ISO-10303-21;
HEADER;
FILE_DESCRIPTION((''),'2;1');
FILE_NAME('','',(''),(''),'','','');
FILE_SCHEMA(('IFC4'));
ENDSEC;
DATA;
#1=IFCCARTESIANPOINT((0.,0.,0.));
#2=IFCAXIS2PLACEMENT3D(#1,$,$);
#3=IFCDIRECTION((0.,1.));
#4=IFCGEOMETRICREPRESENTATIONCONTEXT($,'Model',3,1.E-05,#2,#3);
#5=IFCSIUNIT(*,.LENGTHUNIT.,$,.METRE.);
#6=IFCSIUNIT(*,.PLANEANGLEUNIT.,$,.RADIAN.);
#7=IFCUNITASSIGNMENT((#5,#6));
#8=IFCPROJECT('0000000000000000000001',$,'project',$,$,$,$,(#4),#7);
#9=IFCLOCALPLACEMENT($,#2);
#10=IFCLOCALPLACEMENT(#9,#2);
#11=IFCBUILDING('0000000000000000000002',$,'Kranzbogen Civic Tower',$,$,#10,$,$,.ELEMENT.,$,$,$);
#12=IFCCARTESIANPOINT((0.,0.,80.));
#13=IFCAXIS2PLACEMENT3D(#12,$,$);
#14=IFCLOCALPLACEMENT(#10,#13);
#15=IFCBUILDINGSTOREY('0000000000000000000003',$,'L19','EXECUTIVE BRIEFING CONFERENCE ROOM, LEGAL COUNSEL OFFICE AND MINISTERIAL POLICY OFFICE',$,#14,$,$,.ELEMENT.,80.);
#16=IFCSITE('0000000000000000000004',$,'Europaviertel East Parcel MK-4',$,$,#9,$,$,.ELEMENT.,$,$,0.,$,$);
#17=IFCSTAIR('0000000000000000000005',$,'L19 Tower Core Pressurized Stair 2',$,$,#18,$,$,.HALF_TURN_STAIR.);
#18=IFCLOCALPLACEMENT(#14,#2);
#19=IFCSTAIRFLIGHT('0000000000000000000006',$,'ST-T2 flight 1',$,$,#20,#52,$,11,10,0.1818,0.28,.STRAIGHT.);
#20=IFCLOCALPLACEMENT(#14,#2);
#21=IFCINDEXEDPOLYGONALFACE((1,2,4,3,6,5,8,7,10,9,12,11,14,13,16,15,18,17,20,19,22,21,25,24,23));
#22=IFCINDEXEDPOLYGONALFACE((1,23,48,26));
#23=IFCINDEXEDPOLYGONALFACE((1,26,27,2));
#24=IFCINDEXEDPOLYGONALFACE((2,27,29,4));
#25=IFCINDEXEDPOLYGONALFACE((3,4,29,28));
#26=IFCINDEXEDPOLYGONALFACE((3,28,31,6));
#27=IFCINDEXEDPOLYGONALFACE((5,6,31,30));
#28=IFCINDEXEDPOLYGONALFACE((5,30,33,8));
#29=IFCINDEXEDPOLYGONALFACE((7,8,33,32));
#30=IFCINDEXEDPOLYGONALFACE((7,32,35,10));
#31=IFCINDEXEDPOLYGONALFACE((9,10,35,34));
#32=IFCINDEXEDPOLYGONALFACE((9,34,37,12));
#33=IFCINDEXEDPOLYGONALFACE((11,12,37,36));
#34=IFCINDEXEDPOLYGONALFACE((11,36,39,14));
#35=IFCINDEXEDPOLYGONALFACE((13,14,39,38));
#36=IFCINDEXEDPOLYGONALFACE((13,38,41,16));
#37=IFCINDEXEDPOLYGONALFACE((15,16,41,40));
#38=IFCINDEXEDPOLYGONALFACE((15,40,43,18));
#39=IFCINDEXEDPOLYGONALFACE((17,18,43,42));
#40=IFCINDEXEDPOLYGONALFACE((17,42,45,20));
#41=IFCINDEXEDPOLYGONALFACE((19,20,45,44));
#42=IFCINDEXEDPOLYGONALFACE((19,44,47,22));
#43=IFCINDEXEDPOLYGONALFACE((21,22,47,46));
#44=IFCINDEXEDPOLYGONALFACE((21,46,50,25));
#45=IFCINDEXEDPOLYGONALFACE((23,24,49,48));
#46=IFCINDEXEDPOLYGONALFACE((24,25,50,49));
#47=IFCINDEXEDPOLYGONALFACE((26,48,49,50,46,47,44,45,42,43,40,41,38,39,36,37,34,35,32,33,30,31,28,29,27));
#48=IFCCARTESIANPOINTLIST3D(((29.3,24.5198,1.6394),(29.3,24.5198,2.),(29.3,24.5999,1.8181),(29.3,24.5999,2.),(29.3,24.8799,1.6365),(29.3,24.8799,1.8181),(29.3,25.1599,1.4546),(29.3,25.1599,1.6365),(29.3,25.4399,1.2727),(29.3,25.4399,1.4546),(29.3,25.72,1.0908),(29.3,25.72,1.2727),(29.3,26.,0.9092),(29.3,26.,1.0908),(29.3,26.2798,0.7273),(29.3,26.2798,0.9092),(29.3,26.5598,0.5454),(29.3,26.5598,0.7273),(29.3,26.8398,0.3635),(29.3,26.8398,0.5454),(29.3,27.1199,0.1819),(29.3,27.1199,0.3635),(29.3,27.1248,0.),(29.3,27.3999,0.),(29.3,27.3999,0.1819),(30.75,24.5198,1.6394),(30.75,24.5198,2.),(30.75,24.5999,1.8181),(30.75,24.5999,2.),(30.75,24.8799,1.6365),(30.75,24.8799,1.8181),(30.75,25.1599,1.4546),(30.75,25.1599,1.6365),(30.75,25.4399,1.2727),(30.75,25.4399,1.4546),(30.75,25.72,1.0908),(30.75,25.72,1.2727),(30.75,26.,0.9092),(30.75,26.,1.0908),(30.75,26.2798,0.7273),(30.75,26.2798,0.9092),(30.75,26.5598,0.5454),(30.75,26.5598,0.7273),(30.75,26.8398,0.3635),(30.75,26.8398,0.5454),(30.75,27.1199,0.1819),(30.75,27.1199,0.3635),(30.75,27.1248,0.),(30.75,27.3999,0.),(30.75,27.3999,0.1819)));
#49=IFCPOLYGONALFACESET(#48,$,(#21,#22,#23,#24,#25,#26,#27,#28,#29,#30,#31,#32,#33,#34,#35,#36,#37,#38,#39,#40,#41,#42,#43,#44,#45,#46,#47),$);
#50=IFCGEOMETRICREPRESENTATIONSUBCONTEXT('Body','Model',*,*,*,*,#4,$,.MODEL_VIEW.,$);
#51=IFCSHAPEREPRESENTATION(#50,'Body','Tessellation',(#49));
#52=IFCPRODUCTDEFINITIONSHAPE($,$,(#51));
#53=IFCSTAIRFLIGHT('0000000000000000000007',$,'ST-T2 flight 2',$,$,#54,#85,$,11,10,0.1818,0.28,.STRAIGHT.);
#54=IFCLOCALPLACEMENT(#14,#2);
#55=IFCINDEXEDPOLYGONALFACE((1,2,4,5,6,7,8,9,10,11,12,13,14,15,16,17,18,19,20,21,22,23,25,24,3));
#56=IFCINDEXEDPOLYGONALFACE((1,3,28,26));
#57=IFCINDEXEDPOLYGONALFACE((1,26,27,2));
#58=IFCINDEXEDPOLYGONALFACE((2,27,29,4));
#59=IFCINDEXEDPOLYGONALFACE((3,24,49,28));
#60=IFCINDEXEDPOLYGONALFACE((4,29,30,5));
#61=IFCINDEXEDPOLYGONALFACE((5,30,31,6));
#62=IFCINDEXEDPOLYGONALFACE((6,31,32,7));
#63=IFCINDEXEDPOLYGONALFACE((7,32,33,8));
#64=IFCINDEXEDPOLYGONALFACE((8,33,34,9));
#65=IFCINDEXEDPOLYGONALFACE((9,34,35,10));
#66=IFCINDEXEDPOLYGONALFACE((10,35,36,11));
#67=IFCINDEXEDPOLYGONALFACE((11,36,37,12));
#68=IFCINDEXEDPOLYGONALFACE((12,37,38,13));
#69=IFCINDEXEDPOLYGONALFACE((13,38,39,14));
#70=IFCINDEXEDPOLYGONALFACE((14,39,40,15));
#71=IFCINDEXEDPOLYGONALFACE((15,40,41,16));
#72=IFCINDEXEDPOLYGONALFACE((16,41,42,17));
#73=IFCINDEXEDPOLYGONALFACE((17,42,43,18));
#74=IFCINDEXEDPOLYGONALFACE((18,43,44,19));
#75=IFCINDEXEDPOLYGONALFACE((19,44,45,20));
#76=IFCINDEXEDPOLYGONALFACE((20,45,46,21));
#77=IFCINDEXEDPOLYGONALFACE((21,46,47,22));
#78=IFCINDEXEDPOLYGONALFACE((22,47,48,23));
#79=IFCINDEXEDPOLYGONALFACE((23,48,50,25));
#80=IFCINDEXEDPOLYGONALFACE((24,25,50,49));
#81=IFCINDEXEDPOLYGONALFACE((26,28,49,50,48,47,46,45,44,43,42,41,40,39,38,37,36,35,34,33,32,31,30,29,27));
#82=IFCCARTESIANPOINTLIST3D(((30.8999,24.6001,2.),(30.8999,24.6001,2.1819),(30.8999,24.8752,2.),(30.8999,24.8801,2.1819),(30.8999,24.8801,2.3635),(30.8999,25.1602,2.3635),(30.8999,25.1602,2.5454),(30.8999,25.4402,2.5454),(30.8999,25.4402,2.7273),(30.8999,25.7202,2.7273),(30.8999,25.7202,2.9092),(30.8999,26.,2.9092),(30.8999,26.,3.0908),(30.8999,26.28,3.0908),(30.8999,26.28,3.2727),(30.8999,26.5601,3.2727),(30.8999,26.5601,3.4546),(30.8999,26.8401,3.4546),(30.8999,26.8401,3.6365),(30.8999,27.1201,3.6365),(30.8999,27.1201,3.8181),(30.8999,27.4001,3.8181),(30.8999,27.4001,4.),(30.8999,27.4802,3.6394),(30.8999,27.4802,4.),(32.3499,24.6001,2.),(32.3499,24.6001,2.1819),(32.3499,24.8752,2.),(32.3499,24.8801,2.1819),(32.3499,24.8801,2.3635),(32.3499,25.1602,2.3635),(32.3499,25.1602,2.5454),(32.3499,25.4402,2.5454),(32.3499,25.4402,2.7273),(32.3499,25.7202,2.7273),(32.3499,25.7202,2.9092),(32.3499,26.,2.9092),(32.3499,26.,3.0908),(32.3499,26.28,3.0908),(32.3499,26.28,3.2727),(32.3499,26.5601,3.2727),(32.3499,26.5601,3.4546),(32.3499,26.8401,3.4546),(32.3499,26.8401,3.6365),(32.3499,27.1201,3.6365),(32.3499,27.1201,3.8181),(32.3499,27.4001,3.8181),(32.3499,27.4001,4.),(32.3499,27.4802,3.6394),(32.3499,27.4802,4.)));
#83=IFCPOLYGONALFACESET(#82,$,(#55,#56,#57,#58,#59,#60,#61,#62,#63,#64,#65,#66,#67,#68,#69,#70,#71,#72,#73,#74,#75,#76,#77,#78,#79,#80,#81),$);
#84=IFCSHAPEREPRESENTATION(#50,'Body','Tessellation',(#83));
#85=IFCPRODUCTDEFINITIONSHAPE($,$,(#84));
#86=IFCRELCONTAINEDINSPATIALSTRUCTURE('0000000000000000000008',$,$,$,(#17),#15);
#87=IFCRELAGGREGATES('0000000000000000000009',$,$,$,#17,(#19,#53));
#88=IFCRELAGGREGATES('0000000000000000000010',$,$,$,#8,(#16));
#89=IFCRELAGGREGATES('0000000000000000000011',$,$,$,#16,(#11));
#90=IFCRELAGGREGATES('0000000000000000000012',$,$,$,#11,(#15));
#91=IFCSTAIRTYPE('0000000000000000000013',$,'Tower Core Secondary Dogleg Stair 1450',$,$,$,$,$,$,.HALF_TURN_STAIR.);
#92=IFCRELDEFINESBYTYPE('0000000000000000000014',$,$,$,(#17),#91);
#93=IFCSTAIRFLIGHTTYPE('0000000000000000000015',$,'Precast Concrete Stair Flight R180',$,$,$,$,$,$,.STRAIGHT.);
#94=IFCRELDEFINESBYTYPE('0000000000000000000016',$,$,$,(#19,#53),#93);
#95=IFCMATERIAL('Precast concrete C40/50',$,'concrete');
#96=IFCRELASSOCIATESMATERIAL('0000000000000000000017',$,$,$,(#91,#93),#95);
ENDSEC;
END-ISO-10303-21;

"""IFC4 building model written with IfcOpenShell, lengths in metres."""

from ifc_helpers import new_model, si_unit, direction, frame, origin, place, context, subcontext, project, spatial, polyline, outline, extrude, material, type_object, element, aggregate, save


model = new_model("IFC4")

# Units and contexts
model_context = context("Model", 3, precision=1e-05, world=origin(), true_north=direction((0.0, 1.0)))
body_context = subcontext(model_context, "Body", "Model", "MODEL_VIEW")
ifc_project = project(units=[si_unit("LENGTHUNIT", "METRE"), si_unit("PLANEANGLEUNIT", "RADIAN")], contexts=[model_context])

# Site, building, storey
site_placement = place(None, origin())
site = spatial("IfcSite", under=ifc_project, at=site_placement, Name="Europaviertel East Parcel MK-4", CompositionType="ELEMENT", RefElevation=0.0)
building_placement = place(site_placement, origin())
building = spatial("IfcBuilding", under=site, at=building_placement, Name="Kranzbogen Civic Tower", CompositionType="ELEMENT")
storey_placement = place(building_placement, frame((0.0, 0.0, 80.0)))
storey = spatial("IfcBuildingStorey", under=building, at=storey_placement, Name="L19", Description="EXECUTIVE BRIEFING CONFERENCE ROOM, LEGAL COUNSEL OFFICE AND MINISTERIAL POLICY OFFICE", CompositionType="ELEMENT", Elevation=80.0)

# Stair, stair flights
ifc_material_1 = material(Name="Precast concrete C40/50", Category="concrete")
stair_type = type_object("IfcStairType", Name="Tower Core Secondary Dogleg Stair 1450", PredefinedType="HALF_TURN_STAIR", material=ifc_material_1)
stair_placement = place(storey_placement, origin())
stair = element("IfcStair", 1, at=stair_placement, inside=storey, type_object=stair_type, Name="L19 Tower Core Pressurized Stair 2", PredefinedType="HALF_TURN_STAIR")
stair_flight_type = type_object("IfcStairFlightType", Name="Precast Concrete Stair Flight R180", PredefinedType="STRAIGHT", material=ifc_material_1)
stair_flight_1_placement = place(storey_placement, frame((30.0249, 27.3999, 0.0), z_axis=(0.0, 0.0, 1.0), x_axis=(0.0, -1.0, 0.0)))
stair_flight_1 = element("IfcStairFlight", 2, at=stair_flight_1_placement, type_object=stair_flight_type, Name="ST-T2 flight 1", NumberOfRisers=11, NumberOfTreads=10, PredefinedType="STRAIGHT", RiserHeight=0.1818, TreadLength=0.28, context=body_context, shape_type="SweptSolid", body=[
    extrude(outline(polyline([(0.0, 0.0), (0.0, 0.1819), (0.28, 0.1819), (0.28, 0.3635), (0.5601, 0.3635), (0.5601, 0.5454), (0.8401, 0.5454), (0.8401, 0.7273), (1.1201, 0.7273), (1.1201, 0.9092), (1.3999, 0.9092), (1.3999, 1.0908), (1.6799, 1.0908), (1.6799, 1.2727), (1.96, 1.2727), (1.96, 1.4546), (2.24, 1.4546), (2.24, 1.6365), (2.52, 1.6365), (2.52, 1.8181), (2.8, 1.8181), (2.8, 2.0), (2.8801, 2.0), (2.8801, 1.6394), (0.2751, 0.0), (0.0, 0.0)])), frame((0.0, 0.7251, 0.0), z_axis=(0.0, -1.0, 0.0), x_axis=(1.0, 0.0, 0.0)), (0.0, 0.0, 1.0), 1.45),
])
stair_flight_2_placement = place(storey_placement, frame((31.625, 24.6001, 2.0), z_axis=(0.0, 0.0, 1.0), x_axis=(0.0, 1.0, 0.0)))
stair_flight_2 = element("IfcStairFlight", 3, at=stair_flight_2_placement, type_object=stair_flight_type, Name="ST-T2 flight 2", NumberOfRisers=11, NumberOfTreads=10, PredefinedType="STRAIGHT", RiserHeight=0.1818, TreadLength=0.28, context=body_context, shape_type="SweptSolid", body=[
    extrude(outline(polyline([(0.0, 0.0), (0.0, 0.1819), (0.28, 0.1819), (0.28, 0.3635), (0.5601, 0.3635), (0.5601, 0.5454), (0.8401, 0.5454), (0.8401, 0.7273), (1.1201, 0.7273), (1.1201, 0.9092), (1.3999, 0.9092), (1.3999, 1.0908), (1.6799, 1.0908), (1.6799, 1.2727), (1.96, 1.2727), (1.96, 1.4546), (2.24, 1.4546), (2.24, 1.6365), (2.52, 1.6365), (2.52, 1.8181), (2.8, 1.8181), (2.8, 2.0), (2.8801, 2.0), (2.8801, 1.6394), (0.2751, 0.0), (0.0, 0.0)])), frame((0.0, 0.7251, 0.0), z_axis=(0.0, -1.0, 0.0), x_axis=(1.0, 0.0, 0.0)), (0.0, 0.0, 1.0), 1.45),
])
aggregate(stair, [stair_flight_1, stair_flight_2])

save(model, "model.ifc")
